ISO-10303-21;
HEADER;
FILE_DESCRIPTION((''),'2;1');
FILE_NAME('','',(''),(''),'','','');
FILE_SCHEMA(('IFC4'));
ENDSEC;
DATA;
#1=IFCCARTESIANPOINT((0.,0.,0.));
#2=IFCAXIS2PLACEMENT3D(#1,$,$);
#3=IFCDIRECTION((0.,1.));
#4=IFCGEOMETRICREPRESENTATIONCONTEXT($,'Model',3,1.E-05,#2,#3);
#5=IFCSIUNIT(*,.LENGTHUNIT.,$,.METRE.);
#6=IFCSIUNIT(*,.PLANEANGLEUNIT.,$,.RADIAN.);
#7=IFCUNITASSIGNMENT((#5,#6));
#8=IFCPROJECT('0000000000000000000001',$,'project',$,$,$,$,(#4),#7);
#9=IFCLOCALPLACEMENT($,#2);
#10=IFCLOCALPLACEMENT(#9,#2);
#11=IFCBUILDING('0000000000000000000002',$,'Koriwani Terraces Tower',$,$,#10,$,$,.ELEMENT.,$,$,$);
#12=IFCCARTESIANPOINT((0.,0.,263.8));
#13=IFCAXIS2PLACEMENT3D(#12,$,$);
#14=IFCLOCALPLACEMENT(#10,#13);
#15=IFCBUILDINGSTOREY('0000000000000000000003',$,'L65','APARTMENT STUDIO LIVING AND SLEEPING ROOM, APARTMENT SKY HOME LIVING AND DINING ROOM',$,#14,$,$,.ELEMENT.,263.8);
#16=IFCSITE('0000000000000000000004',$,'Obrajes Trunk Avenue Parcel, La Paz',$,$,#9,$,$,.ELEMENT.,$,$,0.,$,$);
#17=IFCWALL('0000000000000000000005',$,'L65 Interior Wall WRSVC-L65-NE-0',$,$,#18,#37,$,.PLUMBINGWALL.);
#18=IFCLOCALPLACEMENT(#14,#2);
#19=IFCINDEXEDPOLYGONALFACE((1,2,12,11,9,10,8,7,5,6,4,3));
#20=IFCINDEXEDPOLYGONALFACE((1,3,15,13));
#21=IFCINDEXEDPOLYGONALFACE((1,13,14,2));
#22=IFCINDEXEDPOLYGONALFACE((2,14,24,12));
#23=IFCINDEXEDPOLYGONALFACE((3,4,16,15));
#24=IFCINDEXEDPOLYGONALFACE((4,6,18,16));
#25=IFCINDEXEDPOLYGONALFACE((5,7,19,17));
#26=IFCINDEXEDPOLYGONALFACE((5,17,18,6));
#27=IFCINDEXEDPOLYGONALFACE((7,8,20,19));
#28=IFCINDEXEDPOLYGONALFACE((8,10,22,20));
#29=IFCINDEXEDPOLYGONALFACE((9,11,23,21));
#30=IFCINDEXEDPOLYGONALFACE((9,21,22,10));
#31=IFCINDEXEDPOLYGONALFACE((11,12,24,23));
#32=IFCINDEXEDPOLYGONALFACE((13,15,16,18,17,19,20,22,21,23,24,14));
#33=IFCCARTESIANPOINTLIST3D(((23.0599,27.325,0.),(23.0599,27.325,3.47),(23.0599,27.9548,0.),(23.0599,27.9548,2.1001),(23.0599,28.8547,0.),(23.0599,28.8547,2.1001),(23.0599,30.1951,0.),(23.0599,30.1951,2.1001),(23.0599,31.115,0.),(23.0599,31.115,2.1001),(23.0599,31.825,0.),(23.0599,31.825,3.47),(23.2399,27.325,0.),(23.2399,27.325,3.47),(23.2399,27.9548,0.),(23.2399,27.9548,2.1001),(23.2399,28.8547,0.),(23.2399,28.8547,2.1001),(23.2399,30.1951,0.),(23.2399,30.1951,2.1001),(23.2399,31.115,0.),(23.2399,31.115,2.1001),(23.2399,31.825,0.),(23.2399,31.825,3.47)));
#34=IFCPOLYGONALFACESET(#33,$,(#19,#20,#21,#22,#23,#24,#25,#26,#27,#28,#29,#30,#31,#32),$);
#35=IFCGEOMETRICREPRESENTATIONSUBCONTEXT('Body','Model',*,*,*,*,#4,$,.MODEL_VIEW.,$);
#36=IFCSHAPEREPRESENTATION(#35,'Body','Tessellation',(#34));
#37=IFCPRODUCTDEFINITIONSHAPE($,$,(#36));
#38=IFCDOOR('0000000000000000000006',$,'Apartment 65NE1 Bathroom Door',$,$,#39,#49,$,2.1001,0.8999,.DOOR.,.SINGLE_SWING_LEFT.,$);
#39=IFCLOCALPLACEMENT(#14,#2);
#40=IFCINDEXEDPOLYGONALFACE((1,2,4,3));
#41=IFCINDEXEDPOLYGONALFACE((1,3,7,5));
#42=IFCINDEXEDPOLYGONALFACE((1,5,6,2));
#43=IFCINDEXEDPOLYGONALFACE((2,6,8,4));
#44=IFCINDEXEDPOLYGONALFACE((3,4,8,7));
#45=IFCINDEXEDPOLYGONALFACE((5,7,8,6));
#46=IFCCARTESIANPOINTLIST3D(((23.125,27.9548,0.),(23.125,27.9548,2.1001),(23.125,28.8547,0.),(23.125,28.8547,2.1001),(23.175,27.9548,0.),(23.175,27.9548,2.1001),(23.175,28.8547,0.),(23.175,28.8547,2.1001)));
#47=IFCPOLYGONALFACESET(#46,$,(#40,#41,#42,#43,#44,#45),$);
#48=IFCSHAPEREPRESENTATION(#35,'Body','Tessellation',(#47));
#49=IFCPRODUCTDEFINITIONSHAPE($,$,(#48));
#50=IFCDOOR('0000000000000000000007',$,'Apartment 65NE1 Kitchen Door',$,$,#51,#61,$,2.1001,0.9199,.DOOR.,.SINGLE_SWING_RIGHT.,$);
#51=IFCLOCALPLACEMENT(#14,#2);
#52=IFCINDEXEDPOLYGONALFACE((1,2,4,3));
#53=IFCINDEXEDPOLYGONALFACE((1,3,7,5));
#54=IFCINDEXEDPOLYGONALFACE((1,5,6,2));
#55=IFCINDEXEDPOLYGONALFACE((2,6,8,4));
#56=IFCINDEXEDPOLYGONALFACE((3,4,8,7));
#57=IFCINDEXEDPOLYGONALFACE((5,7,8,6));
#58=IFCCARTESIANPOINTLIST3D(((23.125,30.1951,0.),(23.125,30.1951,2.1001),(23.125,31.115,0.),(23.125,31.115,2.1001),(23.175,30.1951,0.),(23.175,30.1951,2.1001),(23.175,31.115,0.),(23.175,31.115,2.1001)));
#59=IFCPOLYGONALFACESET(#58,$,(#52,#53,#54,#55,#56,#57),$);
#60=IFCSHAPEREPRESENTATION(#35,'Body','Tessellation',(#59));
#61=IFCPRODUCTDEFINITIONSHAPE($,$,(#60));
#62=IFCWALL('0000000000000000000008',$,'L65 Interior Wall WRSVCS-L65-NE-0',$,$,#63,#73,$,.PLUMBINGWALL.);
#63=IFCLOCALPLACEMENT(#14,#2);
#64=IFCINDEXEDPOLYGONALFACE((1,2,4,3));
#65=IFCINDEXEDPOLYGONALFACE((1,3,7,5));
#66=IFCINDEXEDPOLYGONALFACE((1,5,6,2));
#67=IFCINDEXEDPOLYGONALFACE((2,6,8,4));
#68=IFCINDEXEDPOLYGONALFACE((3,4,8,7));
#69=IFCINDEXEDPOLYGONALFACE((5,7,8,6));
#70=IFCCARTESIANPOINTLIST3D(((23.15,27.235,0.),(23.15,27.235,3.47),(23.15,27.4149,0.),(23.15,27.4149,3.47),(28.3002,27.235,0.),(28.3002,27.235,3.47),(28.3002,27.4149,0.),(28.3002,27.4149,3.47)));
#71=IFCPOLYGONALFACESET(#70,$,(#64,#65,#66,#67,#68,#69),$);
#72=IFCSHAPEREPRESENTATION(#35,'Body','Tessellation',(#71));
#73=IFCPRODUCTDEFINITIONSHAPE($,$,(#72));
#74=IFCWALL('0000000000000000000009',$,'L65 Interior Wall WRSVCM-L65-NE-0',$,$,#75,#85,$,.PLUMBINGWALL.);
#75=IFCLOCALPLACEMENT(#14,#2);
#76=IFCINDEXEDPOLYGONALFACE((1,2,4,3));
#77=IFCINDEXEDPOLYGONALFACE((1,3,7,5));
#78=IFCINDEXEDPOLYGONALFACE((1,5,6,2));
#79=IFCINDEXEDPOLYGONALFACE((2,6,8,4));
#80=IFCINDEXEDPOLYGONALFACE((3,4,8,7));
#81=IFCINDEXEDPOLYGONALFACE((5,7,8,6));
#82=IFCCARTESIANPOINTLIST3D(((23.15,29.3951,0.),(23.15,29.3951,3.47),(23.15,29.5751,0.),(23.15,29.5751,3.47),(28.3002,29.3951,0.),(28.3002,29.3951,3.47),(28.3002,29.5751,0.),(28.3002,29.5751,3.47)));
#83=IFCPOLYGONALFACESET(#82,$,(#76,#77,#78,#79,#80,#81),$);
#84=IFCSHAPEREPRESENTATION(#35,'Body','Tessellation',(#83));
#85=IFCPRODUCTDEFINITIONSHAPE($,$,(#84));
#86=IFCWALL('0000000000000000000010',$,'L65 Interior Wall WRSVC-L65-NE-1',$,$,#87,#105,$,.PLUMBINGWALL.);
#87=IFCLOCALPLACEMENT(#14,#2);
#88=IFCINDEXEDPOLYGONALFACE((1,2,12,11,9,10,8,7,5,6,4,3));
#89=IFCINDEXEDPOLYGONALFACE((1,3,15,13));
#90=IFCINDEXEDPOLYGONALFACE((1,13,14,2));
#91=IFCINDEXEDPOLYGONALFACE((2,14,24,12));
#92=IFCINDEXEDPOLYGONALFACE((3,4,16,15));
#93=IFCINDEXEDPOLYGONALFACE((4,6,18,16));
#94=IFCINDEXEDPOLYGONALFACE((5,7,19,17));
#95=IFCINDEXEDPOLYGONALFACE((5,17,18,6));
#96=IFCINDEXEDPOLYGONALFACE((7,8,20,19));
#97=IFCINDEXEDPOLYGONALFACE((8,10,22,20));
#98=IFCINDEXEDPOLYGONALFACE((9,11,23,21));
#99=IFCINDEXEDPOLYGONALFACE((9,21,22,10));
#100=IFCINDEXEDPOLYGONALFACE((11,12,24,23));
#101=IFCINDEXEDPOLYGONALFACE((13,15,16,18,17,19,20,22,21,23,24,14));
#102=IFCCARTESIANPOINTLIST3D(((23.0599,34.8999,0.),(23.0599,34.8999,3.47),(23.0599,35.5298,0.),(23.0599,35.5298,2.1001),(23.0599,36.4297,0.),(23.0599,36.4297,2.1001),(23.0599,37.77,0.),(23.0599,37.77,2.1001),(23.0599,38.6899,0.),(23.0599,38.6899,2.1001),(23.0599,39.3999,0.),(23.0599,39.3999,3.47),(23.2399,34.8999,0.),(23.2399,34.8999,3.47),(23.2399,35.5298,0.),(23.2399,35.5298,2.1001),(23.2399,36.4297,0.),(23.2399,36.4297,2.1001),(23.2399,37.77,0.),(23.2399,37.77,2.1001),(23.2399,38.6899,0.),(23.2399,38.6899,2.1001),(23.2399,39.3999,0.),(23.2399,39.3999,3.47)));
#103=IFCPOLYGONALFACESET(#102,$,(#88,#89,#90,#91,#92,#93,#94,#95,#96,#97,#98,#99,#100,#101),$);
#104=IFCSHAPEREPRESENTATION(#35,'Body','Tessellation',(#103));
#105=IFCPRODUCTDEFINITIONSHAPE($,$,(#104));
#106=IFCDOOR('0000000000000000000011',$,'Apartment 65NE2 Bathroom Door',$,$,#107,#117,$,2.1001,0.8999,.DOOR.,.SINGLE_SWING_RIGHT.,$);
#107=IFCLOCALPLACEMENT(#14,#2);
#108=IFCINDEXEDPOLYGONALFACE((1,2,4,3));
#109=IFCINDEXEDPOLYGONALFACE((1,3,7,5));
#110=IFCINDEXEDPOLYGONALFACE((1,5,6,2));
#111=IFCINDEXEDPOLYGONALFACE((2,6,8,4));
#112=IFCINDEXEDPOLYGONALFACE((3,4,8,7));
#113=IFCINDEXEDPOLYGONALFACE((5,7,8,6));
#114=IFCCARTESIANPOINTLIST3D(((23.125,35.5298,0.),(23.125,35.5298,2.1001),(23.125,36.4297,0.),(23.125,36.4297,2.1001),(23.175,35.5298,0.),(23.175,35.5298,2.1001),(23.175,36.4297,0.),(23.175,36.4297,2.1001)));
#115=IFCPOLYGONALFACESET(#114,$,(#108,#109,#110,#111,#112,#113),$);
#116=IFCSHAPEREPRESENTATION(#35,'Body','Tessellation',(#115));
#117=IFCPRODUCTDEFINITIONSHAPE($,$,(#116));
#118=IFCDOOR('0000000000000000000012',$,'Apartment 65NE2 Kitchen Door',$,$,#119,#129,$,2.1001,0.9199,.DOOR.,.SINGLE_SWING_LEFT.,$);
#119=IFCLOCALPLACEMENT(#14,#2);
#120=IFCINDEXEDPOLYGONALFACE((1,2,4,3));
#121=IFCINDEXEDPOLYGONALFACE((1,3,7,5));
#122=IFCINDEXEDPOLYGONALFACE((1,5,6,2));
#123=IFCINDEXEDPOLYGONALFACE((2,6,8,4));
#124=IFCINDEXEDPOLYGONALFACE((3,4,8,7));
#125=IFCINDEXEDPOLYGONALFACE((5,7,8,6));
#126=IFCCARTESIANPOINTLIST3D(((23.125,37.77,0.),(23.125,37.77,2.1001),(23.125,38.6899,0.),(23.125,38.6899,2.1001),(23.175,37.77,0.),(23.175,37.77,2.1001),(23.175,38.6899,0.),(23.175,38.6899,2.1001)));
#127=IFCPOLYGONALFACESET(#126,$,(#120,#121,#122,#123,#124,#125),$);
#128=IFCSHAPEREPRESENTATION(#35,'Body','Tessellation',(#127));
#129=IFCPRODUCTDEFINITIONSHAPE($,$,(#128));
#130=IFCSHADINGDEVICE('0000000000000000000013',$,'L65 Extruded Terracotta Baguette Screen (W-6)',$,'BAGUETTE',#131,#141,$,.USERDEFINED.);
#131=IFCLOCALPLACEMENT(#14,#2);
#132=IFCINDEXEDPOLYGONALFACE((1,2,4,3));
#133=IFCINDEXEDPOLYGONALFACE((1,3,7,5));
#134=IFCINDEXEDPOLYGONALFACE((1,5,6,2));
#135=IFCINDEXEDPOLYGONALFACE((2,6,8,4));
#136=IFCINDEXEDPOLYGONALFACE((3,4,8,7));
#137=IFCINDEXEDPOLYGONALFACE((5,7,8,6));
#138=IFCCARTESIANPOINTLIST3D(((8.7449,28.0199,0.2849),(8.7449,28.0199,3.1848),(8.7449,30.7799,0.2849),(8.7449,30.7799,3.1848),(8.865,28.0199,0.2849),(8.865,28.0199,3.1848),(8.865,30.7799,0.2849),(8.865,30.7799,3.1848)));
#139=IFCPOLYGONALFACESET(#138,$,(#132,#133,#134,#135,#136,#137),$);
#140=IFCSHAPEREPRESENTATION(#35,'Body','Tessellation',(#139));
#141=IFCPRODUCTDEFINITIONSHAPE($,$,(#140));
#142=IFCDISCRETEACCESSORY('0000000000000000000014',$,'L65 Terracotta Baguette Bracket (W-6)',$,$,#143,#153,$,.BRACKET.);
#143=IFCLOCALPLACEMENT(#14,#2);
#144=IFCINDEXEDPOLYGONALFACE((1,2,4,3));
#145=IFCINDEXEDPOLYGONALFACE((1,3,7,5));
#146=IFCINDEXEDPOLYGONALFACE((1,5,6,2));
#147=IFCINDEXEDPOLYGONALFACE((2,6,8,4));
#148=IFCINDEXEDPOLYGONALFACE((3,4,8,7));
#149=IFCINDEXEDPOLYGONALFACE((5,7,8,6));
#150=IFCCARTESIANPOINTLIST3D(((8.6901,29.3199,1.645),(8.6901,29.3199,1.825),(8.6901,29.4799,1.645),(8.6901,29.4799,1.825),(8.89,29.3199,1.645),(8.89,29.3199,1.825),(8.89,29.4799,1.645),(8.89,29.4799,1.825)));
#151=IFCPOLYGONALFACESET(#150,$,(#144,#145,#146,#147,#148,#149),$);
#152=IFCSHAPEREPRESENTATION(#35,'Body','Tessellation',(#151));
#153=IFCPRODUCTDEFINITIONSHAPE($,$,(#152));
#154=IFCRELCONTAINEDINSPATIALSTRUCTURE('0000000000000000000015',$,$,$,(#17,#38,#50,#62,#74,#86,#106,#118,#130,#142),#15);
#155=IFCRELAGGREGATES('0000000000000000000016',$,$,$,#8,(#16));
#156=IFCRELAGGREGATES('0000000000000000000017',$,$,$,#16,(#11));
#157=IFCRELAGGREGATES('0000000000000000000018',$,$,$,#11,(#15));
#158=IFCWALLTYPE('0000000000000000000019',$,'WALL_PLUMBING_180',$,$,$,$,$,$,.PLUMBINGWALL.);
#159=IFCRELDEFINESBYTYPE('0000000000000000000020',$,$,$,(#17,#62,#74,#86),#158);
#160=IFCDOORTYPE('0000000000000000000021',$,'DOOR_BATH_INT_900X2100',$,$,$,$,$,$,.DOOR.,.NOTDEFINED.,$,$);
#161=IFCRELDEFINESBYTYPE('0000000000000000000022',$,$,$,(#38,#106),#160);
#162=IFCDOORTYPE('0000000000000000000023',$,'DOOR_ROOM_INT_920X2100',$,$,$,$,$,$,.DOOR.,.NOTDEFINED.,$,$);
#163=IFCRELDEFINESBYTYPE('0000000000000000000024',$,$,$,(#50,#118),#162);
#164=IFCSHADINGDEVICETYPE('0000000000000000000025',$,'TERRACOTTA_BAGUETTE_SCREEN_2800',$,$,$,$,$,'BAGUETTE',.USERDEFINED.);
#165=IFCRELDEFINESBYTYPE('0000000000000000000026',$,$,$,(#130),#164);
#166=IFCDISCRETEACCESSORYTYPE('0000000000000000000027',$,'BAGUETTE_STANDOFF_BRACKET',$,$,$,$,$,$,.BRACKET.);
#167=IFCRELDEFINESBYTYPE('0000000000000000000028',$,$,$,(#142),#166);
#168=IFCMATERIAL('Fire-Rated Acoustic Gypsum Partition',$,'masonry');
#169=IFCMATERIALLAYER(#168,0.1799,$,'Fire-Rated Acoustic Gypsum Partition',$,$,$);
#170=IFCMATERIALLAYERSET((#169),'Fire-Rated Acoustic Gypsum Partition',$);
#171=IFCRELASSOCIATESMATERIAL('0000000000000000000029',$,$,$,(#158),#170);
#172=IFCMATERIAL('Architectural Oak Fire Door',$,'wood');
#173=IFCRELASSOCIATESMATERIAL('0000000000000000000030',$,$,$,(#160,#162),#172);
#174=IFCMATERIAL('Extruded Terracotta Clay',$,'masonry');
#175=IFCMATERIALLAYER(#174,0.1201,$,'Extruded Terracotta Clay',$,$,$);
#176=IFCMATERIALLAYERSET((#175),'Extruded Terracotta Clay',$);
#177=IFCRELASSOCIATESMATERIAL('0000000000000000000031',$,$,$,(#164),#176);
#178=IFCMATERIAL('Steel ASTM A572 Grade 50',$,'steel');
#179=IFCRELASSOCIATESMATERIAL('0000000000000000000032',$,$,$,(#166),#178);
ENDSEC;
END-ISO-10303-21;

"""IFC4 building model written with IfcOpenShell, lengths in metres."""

from ifc_helpers import new_model, si_unit, direction, frame, frame_2d, origin, origin_2d, place, context, subcontext, project, spatial, rectangle, extrude, material, layer, layer_set, type_object, element, fill, save


model = new_model("IFC4")

# Units and contexts
model_context = context("Model", 3, precision=1e-05, world=origin(), true_north=direction((0.0, 1.0)))
body_context = subcontext(model_context, "Body", "Model", "MODEL_VIEW")
ifc_project = project(units=[si_unit("LENGTHUNIT", "METRE"), si_unit("PLANEANGLEUNIT", "RADIAN")], contexts=[model_context])

# Site, building, storey
site_placement = place(None, origin())
site = spatial("IfcSite", under=ifc_project, at=site_placement, Name="Obrajes Trunk Avenue Parcel, La Paz", CompositionType="ELEMENT", RefElevation=0.0)
building_placement = place(site_placement, origin())
building = spatial("IfcBuilding", under=site, at=building_placement, Name="Koriwani Terraces Tower", CompositionType="ELEMENT")
storey_placement = place(building_placement, frame((0.0, 0.0, 263.8)))
storey = spatial("IfcBuildingStorey", under=building, at=storey_placement, Name="L65", Description="APARTMENT STUDIO LIVING AND SLEEPING ROOM, APARTMENT SKY HOME LIVING AND DINING ROOM", CompositionType="ELEMENT", Elevation=263.8)

# Shared definitions
ifc_material_1 = material(Name="Steel ASTM A572 Grade 50", Category="steel")

# Wall, openings, doors
ifc_material_2 = material(Name="Fire-Rated Acoustic Gypsum Partition", Category="masonry")
ifc_layer_1 = layer(ifc_material_2, 0.1799, Name="Fire-Rated Acoustic Gypsum Partition")
ifc_layer_set_1 = layer_set([ifc_layer_1], Name="Fire-Rated Acoustic Gypsum Partition")
wall_type_1 = type_object("IfcWallType", Name="WALL_PLUMBING_180", PredefinedType="PLUMBINGWALL", material=ifc_layer_set_1)
wall_1_placement = place(storey_placement, frame((23.1499, 27.325, 0.0), z_axis=(0.0, 0.0, 1.0), x_axis=(0.0, 1.0, 0.0)))
wall_1 = element("IfcWall", 1, at=wall_1_placement, inside=storey, type_object=wall_type_1, Name="L65 Interior Wall WRSVC-L65-NE-0", PredefinedType="PLUMBINGWALL", context=body_context, shape_type="SweptSolid", body=[
    extrude(rectangle(XDim=4.5, YDim=0.1799, at=frame_2d((2.25, 0.0))), origin(), (0.0, 0.0, 1.0), 3.47),
])
opening_1_placement = place(wall_1_placement, frame((0.6299, 0.0, 0.0)))
opening_1 = element("IfcOpeningElement", 2, at=opening_1_placement, cuts=wall_1, PredefinedType="OPENING", context=body_context, shape_type="SweptSolid", body=[
    extrude(rectangle(XDim=0.8999, YDim=2.1001, at=frame_2d((0.45, 1.05))), frame((0.0, 0.1001, 0.0), z_axis=(0.0, -1.0, 0.0), x_axis=(1.0, 0.0, 0.0)), (0.0, 0.0, 1.0), 0.2),
])
opening_2_placement = place(wall_1_placement, frame((2.8701, 0.0, 0.0)))
opening_2 = element("IfcOpeningElement", 3, at=opening_2_placement, cuts=wall_1, PredefinedType="OPENING", context=body_context, shape_type="SweptSolid", body=[
    extrude(rectangle(XDim=0.9199, YDim=2.1001, at=frame_2d((0.46, 1.05))), frame((0.0, 0.1001, 0.0), z_axis=(0.0, -1.0, 0.0), x_axis=(1.0, 0.0, 0.0)), (0.0, 0.0, 1.0), 0.2),
])
ifc_material_3 = material(Name="Architectural Oak Fire Door", Category="wood")
door_type_1 = type_object("IfcDoorType", Name="DOOR_BATH_INT_900X2100", OperationType="NOTDEFINED", PredefinedType="DOOR", material=ifc_material_3)
door_1_placement = place(opening_1_placement, origin())
door_1 = element("IfcDoor", 4, at=door_1_placement, inside=storey, type_object=door_type_1, Name="Apartment 65NE1 Bathroom Door", OperationType="SINGLE_SWING_LEFT", OverallHeight=2.1001, OverallWidth=0.8999, PredefinedType="DOOR", context=body_context, shape_type="SweptSolid", body=[
    extrude(rectangle(XDim=0.8999, YDim=2.1001, at=frame_2d((0.45, 1.05))), frame((0.0, 0.0249, 0.0), z_axis=(0.0, -1.0, 0.0), x_axis=(1.0, 0.0, 0.0)), (0.0, 0.0, 1.0), 0.05),
])
fill(opening_1, door_1)
door_type_2 = type_object("IfcDoorType", Name="DOOR_ROOM_INT_920X2100", OperationType="NOTDEFINED", PredefinedType="DOOR", material=ifc_material_3)
door_2_placement = place(opening_2_placement, origin())
door_2 = element("IfcDoor", 5, at=door_2_placement, inside=storey, type_object=door_type_2, Name="Apartment 65NE1 Kitchen Door", OperationType="SINGLE_SWING_RIGHT", OverallHeight=2.1001, OverallWidth=0.9199, PredefinedType="DOOR", context=body_context, shape_type="SweptSolid", body=[
    extrude(rectangle(XDim=0.9199, YDim=2.1001, at=frame_2d((0.46, 1.05))), frame((0.0, 0.0249, 0.0), z_axis=(0.0, -1.0, 0.0), x_axis=(1.0, 0.0, 0.0)), (0.0, 0.0, 1.0), 0.05),
])
fill(opening_2, door_2)

# Walls
for number, where, z_axis, x_axis, name in (
    (6, (23.1499, 27.325, 0.0), (0.0, 0.0, 1.0), (1.0, 0.0, 0.0), "L65 Interior Wall WRSVCS-L65-NE-0"),
    (7, (23.1499, 29.4851, 0.0), (0.0, 0.0, 1.0), (1.0, 0.0, 0.0), "L65 Interior Wall WRSVCM-L65-NE-0"),
):
    element("IfcWall", number, at=place(storey_placement, frame(where, z_axis=z_axis, x_axis=x_axis)), inside=storey, type_object=wall_type_1, Name=name, PredefinedType="PLUMBINGWALL", context=body_context, shape_type="SweptSolid", body=[
        extrude(rectangle(XDim=5.1501, YDim=0.1799, at=frame_2d((2.5752, 0.0))), origin(), (0.0, 0.0, 1.0), 3.47),
    ])

# Wall, openings, doors
wall_2_placement = place(storey_placement, frame((23.1499, 34.8999, 0.0), z_axis=(0.0, 0.0, 1.0), x_axis=(0.0, 1.0, 0.0)))
wall_2 = element("IfcWall", 8, at=wall_2_placement, inside=storey, type_object=wall_type_1, Name="L65 Interior Wall WRSVC-L65-NE-1", PredefinedType="PLUMBINGWALL", context=body_context, shape_type="SweptSolid", body=[
    extrude(rectangle(XDim=4.5, YDim=0.1799, at=frame_2d((2.25, 0.0))), origin(), (0.0, 0.0, 1.0), 3.47),
])
opening_3_placement = place(wall_2_placement, frame((0.6299, 0.0, 0.0)))
opening_3 = element("IfcOpeningElement", 9, at=opening_3_placement, cuts=wall_2, PredefinedType="OPENING", context=body_context, shape_type="SweptSolid", body=[
    extrude(rectangle(XDim=0.8999, YDim=2.1001, at=frame_2d((0.45, 1.05))), frame((0.0, 0.1001, 0.0), z_axis=(0.0, -1.0, 0.0), x_axis=(1.0, 0.0, 0.0)), (0.0, 0.0, 1.0), 0.2),
])
opening_4_placement = place(wall_2_placement, frame((2.8701, 0.0, 0.0)))
opening_4 = element("IfcOpeningElement", 10, at=opening_4_placement, cuts=wall_2, PredefinedType="OPENING", context=body_context, shape_type="SweptSolid", body=[
    extrude(rectangle(XDim=0.9199, YDim=2.1001, at=frame_2d((0.46, 1.05))), frame((0.0, 0.1001, 0.0), z_axis=(0.0, -1.0, 0.0), x_axis=(1.0, 0.0, 0.0)), (0.0, 0.0, 1.0), 0.2),
])
door_3_placement = place(opening_3_placement, origin())
door_3 = element("IfcDoor", 11, at=door_3_placement, inside=storey, type_object=door_type_1, Name="Apartment 65NE2 Bathroom Door", OperationType="SINGLE_SWING_RIGHT", OverallHeight=2.1001, OverallWidth=0.8999, PredefinedType="DOOR", context=body_context, shape_type="SweptSolid", body=[
    extrude(rectangle(XDim=0.8999, YDim=2.1001, at=frame_2d((0.45, 1.05))), frame((0.0, 0.0249, 0.0), z_axis=(0.0, -1.0, 0.0), x_axis=(1.0, 0.0, 0.0)), (0.0, 0.0, 1.0), 0.05),
])
fill(opening_3, door_3)
door_4_placement = place(opening_4_placement, origin())
door_4 = element("IfcDoor", 12, at=door_4_placement, inside=storey, type_object=door_type_2, Name="Apartment 65NE2 Kitchen Door", OperationType="SINGLE_SWING_LEFT", OverallHeight=2.1001, OverallWidth=0.9199, PredefinedType="DOOR", context=body_context, shape_type="SweptSolid", body=[
    extrude(rectangle(XDim=0.9199, YDim=2.1001, at=frame_2d((0.46, 1.05))), frame((0.0, 0.0249, 0.0), z_axis=(0.0, -1.0, 0.0), x_axis=(1.0, 0.0, 0.0)), (0.0, 0.0, 1.0), 0.05),
])
fill(opening_4, door_4)

# Shading device
ifc_material_4 = material(Name="Extruded Terracotta Clay", Category="masonry")
ifc_layer_2 = layer(ifc_material_4, 0.1201, Name="Extruded Terracotta Clay")
ifc_layer_set_2 = layer_set([ifc_layer_2], Name="Extruded Terracotta Clay")
shading_device_type = type_object("IfcShadingDeviceType", Name="TERRACOTTA_BAGUETTE_SCREEN_2800", ElementType="BAGUETTE", PredefinedType="USERDEFINED", material=ifc_layer_set_2)
shading_device_placement = place(storey_placement, frame((8.8049, 29.3999, 0.2849), z_axis=(0.0, 0.0, 1.0), x_axis=(0.0, 1.0, 0.0)))
element("IfcShadingDevice", 13, at=shading_device_placement, inside=storey, type_object=shading_device_type, Name="L65 Extruded Terracotta Baguette Screen (W-6)", ObjectType="BAGUETTE", PredefinedType="USERDEFINED", context=body_context, shape_type="SweptSolid", body=[
    extrude(rectangle(XDim=2.76, YDim=0.1201, at=origin_2d()), origin(), (0.0, 0.0, 1.0), 2.8999),
])

# Discrete accessory
discrete_accessory_type = type_object("IfcDiscreteAccessoryType", Name="BAGUETTE_STANDOFF_BRACKET", PredefinedType="BRACKET", material=ifc_material_1)
discrete_accessory_placement = place(storey_placement, frame((8.79, 29.3999, 1.645), z_axis=(0.0, 0.0, 1.0), x_axis=(0.0, 1.0, 0.0)))
element("IfcDiscreteAccessory", 14, at=discrete_accessory_placement, inside=storey, type_object=discrete_accessory_type, Name="L65 Terracotta Baguette Bracket (W-6)", PredefinedType="BRACKET", context=body_context, shape_type="SweptSolid", body=[
    extrude(rectangle(XDim=0.1599, YDim=0.2, at=origin_2d()), origin(), (0.0, 0.0, 1.0), 0.1799),
])

save(model, "model.ifc")
